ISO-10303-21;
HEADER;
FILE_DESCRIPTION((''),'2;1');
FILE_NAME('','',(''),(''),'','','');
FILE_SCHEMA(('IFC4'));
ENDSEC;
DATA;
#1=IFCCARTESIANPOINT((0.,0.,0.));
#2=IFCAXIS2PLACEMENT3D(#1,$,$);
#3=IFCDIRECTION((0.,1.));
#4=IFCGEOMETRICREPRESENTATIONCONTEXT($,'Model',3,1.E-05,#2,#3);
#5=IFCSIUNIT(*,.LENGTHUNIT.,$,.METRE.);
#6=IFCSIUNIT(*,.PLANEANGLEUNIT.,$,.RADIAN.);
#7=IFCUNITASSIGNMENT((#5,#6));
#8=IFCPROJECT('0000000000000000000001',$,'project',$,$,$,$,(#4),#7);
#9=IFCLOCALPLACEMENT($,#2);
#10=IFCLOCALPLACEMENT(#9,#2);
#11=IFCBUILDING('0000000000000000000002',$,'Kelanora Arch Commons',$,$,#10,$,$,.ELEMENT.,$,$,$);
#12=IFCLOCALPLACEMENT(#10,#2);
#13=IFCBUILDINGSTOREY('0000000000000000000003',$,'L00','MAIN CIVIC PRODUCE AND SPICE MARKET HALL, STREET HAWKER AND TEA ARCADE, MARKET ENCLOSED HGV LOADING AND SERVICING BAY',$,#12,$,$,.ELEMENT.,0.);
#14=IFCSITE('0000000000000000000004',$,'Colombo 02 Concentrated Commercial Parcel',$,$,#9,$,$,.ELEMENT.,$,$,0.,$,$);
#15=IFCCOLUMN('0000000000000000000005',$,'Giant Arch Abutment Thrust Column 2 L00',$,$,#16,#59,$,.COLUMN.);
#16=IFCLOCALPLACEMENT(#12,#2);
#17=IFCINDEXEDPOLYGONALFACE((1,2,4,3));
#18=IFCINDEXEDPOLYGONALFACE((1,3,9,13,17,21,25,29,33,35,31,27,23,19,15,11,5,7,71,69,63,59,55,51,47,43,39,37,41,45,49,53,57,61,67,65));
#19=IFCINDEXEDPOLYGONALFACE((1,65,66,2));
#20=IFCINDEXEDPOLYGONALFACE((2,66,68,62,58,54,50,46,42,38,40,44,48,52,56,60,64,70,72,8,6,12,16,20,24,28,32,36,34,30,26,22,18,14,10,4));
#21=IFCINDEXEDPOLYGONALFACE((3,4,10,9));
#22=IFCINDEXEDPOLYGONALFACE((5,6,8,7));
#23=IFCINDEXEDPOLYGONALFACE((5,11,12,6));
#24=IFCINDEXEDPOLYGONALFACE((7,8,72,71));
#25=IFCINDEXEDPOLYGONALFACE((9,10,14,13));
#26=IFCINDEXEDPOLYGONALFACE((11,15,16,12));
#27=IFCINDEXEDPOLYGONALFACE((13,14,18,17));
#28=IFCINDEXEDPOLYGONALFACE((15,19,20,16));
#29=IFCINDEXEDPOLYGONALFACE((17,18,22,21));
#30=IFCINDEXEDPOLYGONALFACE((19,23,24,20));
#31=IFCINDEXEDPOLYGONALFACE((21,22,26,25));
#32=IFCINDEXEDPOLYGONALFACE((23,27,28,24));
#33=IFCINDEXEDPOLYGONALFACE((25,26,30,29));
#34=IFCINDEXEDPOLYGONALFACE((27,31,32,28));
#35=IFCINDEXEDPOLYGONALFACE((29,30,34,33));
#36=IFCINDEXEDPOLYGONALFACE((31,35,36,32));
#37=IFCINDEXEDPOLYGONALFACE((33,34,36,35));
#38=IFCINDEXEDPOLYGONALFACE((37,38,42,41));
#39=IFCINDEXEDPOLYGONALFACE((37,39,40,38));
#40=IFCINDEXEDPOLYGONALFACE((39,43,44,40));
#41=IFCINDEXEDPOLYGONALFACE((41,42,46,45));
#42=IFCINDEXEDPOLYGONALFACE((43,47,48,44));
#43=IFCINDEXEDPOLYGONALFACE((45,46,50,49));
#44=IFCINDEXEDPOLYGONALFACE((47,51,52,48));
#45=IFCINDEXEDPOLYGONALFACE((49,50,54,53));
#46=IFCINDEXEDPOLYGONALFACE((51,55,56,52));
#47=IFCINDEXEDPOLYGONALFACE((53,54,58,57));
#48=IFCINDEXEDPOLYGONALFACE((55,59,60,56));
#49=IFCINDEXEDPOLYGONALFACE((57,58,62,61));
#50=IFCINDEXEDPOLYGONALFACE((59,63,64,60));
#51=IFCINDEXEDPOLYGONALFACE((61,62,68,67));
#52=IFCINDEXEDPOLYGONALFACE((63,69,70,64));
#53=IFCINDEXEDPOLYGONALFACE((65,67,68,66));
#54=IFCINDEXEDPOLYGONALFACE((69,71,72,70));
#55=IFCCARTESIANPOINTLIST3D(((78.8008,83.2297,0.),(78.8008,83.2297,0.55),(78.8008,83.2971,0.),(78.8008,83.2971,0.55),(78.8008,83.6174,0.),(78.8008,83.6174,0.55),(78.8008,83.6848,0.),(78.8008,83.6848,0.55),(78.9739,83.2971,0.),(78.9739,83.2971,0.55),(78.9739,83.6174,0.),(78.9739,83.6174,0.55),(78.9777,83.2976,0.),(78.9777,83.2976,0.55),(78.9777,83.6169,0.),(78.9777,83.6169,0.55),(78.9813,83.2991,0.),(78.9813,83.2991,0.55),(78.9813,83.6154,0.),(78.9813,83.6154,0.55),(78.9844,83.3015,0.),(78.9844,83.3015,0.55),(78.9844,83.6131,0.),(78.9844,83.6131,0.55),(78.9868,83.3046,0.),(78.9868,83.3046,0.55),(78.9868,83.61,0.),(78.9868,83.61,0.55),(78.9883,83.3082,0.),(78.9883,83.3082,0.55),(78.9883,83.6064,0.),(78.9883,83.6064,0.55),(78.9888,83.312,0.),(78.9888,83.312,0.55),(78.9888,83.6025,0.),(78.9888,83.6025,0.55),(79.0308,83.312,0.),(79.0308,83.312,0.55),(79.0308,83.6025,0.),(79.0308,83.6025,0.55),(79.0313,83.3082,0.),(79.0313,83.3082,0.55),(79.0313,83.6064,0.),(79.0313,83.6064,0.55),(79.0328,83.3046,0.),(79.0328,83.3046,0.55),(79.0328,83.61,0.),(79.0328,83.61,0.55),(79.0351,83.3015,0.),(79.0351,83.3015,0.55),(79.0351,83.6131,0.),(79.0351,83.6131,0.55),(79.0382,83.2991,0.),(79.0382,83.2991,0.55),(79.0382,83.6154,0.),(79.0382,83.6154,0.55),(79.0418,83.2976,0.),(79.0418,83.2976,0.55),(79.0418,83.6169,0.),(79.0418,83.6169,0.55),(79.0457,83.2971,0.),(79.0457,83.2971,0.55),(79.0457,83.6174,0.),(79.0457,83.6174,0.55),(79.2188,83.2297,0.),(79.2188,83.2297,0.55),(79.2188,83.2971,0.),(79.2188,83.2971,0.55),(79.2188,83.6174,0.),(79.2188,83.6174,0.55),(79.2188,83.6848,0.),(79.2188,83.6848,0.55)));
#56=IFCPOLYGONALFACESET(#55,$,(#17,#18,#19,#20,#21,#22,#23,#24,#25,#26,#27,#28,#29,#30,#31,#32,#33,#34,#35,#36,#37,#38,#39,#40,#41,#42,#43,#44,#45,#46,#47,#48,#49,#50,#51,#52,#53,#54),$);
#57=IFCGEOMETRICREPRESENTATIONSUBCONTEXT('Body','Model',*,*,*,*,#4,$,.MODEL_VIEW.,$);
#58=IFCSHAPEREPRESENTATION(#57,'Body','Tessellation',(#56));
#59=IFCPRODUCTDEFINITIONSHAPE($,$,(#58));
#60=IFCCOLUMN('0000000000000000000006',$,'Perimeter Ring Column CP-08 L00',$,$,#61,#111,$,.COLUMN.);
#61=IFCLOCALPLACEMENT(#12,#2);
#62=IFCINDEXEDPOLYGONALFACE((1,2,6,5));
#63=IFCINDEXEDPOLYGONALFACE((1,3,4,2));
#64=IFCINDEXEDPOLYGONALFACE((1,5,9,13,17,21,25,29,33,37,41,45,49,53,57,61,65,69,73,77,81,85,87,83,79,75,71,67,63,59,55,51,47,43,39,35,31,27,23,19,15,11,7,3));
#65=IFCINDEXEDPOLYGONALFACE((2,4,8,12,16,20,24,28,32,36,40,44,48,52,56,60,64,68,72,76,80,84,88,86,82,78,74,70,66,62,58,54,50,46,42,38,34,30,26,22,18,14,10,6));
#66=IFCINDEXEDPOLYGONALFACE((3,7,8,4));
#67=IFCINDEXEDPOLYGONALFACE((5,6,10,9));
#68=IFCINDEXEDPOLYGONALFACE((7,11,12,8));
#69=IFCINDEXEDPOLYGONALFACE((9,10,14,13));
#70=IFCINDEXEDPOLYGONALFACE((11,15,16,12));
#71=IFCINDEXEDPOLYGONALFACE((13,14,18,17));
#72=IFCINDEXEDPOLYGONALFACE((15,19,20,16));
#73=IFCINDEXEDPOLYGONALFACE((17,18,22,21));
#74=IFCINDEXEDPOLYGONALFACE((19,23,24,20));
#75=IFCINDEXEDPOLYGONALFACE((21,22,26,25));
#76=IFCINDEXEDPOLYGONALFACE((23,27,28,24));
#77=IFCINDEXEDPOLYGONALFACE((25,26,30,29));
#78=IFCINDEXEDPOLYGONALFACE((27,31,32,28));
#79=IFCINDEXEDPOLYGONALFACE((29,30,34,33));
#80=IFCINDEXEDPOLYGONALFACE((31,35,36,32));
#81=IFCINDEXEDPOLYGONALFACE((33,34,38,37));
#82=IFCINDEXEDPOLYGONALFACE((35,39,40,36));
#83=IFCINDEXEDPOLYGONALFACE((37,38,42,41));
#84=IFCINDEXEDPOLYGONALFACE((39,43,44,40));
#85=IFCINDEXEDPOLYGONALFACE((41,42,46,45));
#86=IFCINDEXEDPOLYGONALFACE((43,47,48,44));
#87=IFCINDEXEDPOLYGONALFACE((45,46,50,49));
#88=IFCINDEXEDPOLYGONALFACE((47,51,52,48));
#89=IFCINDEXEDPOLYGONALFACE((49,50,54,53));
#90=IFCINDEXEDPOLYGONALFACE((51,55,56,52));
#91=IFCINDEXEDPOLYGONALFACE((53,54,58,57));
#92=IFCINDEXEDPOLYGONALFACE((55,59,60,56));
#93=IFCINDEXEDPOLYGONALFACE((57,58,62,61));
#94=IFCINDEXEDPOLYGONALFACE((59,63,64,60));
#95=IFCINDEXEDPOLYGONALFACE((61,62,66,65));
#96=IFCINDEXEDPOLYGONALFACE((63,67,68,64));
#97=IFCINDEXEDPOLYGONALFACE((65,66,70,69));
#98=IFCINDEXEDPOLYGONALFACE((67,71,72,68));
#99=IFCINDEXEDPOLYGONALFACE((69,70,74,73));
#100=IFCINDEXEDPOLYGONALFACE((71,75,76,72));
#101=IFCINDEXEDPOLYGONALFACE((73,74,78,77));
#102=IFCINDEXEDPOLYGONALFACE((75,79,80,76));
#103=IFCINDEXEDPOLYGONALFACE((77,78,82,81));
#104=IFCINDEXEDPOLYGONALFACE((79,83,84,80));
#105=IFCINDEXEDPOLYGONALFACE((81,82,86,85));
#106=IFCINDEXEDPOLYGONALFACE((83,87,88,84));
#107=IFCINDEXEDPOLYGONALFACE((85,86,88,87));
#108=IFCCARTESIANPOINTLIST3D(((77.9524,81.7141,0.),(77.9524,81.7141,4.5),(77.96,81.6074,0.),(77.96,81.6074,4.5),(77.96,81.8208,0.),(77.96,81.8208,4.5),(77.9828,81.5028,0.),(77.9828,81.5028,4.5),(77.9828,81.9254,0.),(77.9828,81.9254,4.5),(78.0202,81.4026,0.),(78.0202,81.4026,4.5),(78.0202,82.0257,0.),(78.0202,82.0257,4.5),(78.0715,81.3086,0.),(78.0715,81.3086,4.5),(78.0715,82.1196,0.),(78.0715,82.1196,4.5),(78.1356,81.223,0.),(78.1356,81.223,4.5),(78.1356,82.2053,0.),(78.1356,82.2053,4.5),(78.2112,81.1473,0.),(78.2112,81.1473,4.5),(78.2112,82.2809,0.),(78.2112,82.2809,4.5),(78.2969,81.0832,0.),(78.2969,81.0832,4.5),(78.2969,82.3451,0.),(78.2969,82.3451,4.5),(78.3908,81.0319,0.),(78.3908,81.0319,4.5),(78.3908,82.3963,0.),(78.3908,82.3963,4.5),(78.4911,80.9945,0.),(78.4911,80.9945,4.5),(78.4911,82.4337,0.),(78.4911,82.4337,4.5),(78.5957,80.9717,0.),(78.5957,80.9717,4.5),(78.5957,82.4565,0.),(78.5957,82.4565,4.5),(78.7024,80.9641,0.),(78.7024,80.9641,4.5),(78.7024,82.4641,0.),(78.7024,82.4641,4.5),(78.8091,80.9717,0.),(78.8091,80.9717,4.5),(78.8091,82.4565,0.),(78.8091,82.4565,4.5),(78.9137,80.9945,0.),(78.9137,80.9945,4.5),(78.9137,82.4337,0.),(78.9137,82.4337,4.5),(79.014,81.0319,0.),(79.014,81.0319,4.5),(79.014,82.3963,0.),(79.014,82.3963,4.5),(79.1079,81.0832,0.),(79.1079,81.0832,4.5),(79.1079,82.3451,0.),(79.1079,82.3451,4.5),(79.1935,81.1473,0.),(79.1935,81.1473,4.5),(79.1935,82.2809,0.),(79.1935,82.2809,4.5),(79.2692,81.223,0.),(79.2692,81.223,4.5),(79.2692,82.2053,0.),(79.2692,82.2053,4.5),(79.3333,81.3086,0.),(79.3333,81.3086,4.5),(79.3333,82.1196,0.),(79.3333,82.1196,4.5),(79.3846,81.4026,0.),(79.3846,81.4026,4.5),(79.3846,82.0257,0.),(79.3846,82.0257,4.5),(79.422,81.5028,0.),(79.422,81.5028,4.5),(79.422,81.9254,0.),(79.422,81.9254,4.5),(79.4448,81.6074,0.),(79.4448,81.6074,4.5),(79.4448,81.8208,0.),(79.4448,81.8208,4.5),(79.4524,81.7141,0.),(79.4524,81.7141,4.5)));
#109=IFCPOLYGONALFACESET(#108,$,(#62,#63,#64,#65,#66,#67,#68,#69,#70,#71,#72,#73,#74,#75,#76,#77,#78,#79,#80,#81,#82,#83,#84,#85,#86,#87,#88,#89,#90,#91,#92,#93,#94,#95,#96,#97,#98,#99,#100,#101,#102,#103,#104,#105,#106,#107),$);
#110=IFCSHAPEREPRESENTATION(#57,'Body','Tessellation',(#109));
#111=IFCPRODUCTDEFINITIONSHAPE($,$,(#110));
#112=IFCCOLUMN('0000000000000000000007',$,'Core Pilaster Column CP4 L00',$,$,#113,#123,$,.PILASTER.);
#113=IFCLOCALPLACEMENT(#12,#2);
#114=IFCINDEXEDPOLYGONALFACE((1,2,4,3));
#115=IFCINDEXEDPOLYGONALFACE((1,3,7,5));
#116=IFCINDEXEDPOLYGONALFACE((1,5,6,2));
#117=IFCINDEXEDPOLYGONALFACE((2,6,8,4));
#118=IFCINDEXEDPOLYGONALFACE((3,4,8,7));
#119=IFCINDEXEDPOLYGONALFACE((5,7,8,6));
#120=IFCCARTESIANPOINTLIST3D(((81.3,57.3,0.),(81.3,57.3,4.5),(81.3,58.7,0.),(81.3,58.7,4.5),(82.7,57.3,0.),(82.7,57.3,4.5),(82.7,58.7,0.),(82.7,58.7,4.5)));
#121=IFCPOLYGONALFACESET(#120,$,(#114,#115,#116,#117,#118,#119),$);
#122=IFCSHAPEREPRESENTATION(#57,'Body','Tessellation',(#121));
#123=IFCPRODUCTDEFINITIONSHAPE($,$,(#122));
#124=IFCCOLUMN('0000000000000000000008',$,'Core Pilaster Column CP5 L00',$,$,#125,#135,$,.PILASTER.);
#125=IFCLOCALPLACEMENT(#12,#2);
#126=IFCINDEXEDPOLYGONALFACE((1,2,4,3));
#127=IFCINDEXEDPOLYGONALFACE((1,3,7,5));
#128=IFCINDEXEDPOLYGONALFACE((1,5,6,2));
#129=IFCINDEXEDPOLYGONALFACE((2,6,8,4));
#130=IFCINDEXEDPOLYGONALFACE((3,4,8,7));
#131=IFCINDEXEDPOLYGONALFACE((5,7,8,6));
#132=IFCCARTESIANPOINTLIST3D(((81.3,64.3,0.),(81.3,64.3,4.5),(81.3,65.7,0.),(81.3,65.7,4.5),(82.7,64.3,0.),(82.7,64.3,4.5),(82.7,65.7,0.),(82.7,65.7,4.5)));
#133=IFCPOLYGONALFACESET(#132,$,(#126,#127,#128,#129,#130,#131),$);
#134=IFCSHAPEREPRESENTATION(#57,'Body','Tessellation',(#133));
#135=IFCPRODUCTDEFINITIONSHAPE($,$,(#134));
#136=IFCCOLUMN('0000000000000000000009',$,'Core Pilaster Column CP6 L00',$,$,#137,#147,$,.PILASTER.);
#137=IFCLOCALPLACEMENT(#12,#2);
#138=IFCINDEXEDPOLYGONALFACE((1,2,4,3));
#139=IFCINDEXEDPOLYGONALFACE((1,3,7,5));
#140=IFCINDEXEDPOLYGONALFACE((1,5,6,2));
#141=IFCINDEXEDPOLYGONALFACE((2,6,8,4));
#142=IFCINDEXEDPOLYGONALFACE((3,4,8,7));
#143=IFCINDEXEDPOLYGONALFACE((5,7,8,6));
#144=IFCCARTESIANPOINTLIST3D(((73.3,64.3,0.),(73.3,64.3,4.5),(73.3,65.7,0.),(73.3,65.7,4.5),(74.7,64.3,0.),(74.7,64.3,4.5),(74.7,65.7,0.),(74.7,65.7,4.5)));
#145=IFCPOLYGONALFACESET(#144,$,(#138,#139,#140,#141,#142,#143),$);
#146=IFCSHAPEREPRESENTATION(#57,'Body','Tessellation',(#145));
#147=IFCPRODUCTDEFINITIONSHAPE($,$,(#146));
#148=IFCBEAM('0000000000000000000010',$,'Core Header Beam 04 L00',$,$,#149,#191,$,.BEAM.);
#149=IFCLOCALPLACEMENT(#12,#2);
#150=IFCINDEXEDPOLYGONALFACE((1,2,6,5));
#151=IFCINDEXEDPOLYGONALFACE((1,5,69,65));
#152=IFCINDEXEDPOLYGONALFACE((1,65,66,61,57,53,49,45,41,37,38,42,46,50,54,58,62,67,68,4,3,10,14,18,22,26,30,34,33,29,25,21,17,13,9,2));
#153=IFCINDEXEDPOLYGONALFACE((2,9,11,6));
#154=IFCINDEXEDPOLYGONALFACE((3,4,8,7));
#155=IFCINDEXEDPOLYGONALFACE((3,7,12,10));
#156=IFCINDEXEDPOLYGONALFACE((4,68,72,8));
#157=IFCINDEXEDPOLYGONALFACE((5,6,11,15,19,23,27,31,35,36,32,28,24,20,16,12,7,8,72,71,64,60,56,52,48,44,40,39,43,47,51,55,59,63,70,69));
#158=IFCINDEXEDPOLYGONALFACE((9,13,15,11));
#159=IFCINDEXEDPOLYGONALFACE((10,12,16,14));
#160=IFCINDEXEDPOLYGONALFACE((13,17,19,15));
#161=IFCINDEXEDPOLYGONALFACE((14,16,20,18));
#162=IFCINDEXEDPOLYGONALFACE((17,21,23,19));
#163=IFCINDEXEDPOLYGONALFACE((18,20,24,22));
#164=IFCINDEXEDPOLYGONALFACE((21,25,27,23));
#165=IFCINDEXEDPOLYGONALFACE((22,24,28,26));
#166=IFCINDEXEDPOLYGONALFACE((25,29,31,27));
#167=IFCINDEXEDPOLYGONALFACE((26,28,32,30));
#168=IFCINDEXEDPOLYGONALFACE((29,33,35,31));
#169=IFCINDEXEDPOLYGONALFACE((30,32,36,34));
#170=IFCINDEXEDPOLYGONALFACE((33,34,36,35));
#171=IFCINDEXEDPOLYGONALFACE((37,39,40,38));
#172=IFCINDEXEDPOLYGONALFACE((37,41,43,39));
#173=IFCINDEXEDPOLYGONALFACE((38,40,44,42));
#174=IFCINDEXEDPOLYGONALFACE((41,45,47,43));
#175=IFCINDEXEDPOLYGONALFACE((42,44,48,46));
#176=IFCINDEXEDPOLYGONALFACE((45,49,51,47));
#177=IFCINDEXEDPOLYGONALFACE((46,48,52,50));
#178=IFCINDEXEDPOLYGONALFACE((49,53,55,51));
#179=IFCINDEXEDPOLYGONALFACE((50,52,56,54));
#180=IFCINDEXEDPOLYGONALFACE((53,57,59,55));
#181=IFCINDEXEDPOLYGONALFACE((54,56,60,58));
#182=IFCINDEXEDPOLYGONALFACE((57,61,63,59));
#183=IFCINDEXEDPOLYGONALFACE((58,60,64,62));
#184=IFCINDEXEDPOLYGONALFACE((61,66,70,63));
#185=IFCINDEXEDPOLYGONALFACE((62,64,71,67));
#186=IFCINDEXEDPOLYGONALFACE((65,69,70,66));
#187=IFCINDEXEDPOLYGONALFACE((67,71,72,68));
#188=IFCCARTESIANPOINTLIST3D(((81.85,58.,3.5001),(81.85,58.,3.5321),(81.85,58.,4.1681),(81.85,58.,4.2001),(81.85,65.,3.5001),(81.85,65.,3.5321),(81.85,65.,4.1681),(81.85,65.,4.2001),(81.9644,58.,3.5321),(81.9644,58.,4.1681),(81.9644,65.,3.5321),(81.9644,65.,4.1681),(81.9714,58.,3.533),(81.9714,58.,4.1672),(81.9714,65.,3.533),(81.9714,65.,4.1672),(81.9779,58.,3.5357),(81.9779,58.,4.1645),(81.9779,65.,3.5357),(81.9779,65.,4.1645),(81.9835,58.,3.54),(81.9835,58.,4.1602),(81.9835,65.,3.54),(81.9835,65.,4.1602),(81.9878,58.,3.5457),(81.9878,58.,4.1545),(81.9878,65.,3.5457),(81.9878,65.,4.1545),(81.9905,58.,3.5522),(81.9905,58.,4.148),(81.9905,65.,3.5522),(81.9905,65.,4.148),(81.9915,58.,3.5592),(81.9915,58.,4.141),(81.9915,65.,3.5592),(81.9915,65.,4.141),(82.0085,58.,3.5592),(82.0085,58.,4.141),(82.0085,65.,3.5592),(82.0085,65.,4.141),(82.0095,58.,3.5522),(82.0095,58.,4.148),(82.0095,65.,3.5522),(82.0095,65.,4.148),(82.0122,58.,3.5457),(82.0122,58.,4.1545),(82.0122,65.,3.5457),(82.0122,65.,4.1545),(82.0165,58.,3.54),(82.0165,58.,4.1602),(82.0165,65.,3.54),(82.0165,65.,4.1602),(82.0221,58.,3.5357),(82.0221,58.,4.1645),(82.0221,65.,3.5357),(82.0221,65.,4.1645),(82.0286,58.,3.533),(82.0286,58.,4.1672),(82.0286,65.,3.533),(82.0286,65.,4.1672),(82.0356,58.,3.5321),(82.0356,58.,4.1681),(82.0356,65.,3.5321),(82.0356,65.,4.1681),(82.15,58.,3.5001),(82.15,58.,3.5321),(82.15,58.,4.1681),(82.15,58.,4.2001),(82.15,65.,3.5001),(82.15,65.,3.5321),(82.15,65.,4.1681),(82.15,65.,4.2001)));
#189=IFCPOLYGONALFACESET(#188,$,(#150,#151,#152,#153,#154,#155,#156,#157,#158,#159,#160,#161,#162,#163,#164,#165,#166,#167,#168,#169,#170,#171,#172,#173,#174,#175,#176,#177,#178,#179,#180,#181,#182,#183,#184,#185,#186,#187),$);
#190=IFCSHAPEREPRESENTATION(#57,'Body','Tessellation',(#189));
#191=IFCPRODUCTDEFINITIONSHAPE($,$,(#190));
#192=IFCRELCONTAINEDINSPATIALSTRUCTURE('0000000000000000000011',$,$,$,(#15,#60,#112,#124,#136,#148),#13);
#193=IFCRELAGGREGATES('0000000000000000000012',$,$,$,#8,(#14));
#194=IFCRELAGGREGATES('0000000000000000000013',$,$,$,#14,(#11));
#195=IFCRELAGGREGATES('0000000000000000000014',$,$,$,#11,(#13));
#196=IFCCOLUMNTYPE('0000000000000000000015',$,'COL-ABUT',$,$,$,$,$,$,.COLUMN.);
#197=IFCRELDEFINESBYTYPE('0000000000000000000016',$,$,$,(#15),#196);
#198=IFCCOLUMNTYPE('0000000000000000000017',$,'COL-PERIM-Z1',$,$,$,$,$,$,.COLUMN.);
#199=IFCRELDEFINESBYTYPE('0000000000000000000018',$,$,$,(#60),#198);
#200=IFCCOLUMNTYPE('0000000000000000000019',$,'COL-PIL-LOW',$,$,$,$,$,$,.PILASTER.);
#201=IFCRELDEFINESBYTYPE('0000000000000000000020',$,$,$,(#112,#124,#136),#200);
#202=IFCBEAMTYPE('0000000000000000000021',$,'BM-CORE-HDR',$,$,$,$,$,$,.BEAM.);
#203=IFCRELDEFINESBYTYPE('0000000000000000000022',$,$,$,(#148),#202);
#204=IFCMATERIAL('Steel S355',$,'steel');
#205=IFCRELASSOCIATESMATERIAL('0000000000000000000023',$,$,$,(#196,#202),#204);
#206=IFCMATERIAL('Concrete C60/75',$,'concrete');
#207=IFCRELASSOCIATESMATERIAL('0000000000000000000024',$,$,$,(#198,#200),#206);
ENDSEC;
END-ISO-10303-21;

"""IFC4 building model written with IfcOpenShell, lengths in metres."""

from ifc_helpers import new_model, si_unit, direction, frame, origin, origin_2d, place, context, subcontext, project, spatial, rectangle, circle, i_section, extrude, material, material_profile, profile_set, type_object, element, save


model = new_model("IFC4")

# Units and contexts
model_context = context("Model", 3, precision=1e-05, world=origin(), true_north=direction((0.0, 1.0)))
body_context = subcontext(model_context, "Body", "Model", "MODEL_VIEW")
ifc_project = project(units=[si_unit("LENGTHUNIT", "METRE"), si_unit("PLANEANGLEUNIT", "RADIAN")], contexts=[model_context])

# Site, building, storey
site_placement = place(None, origin())
site = spatial("IfcSite", under=ifc_project, at=site_placement, Name="Colombo 02 Concentrated Commercial Parcel", CompositionType="ELEMENT", RefElevation=0.0)
building_placement = place(site_placement, origin())
building = spatial("IfcBuilding", under=site, at=building_placement, Name="Kelanora Arch Commons", CompositionType="ELEMENT")
storey_placement = place(building_placement, origin())
storey = spatial("IfcBuildingStorey", under=building, at=storey_placement, Name="L00", Description="MAIN CIVIC PRODUCE AND SPICE MARKET HALL, STREET HAWKER AND TEA ARCADE, MARKET ENCLOSED HGV LOADING AND SERVICING BAY", CompositionType="ELEMENT", Elevation=0.0)

# Columns
ifc_material_1 = material(Name="Steel S355", Category="steel")
ifc_material_profile_1 = material_profile(ifc_material_1, i_section(OverallWidth=0.418, OverallDepth=0.4551, WebThickness=0.042, FlangeThickness=0.0674, FilletRadius=0.0149, at=origin_2d()), Name="HD400x551")
ifc_profile_set_1 = profile_set([ifc_material_profile_1], Name="Steel S355")
column_type_1 = type_object("IfcColumnType", Name="COL-ABUT", PredefinedType="COLUMN", material=ifc_profile_set_1)
column_1_placement = place(storey_placement, frame((79.0098, 83.4573, 0.0), z_axis=(0.0, 0.0, 1.0), x_axis=(1.0, 0.0, 0.0)))
element("IfcColumn", 1, at=column_1_placement, inside=storey, type_object=column_type_1, Name="Giant Arch Abutment Thrust Column 2 L00", PredefinedType="COLUMN", context=body_context, shape_type="SweptSolid", body=[
    extrude(i_section(OverallWidth=0.418, OverallDepth=0.4551, WebThickness=0.042, FlangeThickness=0.0674, FilletRadius=0.0149, at=origin_2d()), origin(), (0.0, 0.0, 1.0), 0.55),
])
ifc_material_2 = material(Name="Concrete C60/75", Category="concrete")
ifc_material_profile_2 = material_profile(ifc_material_2, circle(Radius=0.75, at=origin_2d()), Name="RCC1500")
ifc_profile_set_2 = profile_set([ifc_material_profile_2], Name="Concrete C60/75")
column_type_2 = type_object("IfcColumnType", Name="COL-PERIM-Z1", PredefinedType="COLUMN", material=ifc_profile_set_2)
column_2_placement = place(storey_placement, frame((78.7024, 81.7141, 0.0), z_axis=(0.0, 0.0, 1.0), x_axis=(1.0, 0.0, 0.0)))
element("IfcColumn", 2, at=column_2_placement, inside=storey, type_object=column_type_2, Name="Perimeter Ring Column CP-08 L00", PredefinedType="COLUMN", context=body_context, shape_type="SweptSolid", body=[
    extrude(circle(Radius=0.75, at=origin_2d()), origin(), (0.0, 0.0, 1.0), 4.5),
])
ifc_material_profile_3 = material_profile(ifc_material_2, rectangle(XDim=1.3999, YDim=1.3999, at=origin_2d()), Name="RC1400x1400")
ifc_profile_set_3 = profile_set([ifc_material_profile_3], Name="Concrete C60/75")
column_type_3 = type_object("IfcColumnType", Name="COL-PIL-LOW", PredefinedType="PILASTER", material=ifc_profile_set_3)
for number, where, z_axis, x_axis, name in (
    (3, (82.0, 58.0, 0.0), (0.0, 0.0, 1.0), (1.0, 0.0, 0.0), "Core Pilaster Column CP4 L00"),
    (4, (82.0, 65.0, 0.0), (0.0, 0.0, 1.0), (1.0, 0.0, 0.0), "Core Pilaster Column CP5 L00"),
    (5, (74.0, 65.0, 0.0), (0.0, 0.0, 1.0), (1.0, 0.0, 0.0), "Core Pilaster Column CP6 L00"),
):
    element("IfcColumn", number, at=place(storey_placement, frame(where, z_axis=z_axis, x_axis=x_axis)), inside=storey, type_object=column_type_3, Name=name, PredefinedType="PILASTER", context=body_context, shape_type="SweptSolid", body=[
        extrude(rectangle(XDim=1.3999, YDim=1.3999, at=origin_2d()), origin(), (0.0, 0.0, 1.0), 4.5),
    ])

# Beam
ifc_material_profile_4 = material_profile(ifc_material_1, i_section(OverallWidth=0.3, OverallDepth=0.7, WebThickness=0.0171, FlangeThickness=0.032, FilletRadius=0.0271, at=origin_2d()), Name="HEB700")
ifc_profile_set_4 = profile_set([ifc_material_profile_4], Name="Steel S355")
beam_type_1 = type_object("IfcBeamType", Name="BM-CORE-HDR", PredefinedType="BEAM", material=ifc_profile_set_4)
beam_1_placement = place(storey_placement, frame((82.0, 58.0, 3.8501), z_axis=(0.0, 1.0, 0.0), x_axis=(-1.0, 0.0, 0.0)))
element("IfcBeam", 6, at=beam_1_placement, inside=storey, type_object=beam_type_1, Name="Core Header Beam 04 L00", PredefinedType="BEAM", context=body_context, shape_type="SweptSolid", body=[
    extrude(i_section(OverallWidth=0.3, OverallDepth=0.7, WebThickness=0.0171, FlangeThickness=0.032, FilletRadius=0.0271, at=origin_2d()), origin(), (0.0, 0.0, 1.0), 7.0),
])

save(model, "model.ifc")
